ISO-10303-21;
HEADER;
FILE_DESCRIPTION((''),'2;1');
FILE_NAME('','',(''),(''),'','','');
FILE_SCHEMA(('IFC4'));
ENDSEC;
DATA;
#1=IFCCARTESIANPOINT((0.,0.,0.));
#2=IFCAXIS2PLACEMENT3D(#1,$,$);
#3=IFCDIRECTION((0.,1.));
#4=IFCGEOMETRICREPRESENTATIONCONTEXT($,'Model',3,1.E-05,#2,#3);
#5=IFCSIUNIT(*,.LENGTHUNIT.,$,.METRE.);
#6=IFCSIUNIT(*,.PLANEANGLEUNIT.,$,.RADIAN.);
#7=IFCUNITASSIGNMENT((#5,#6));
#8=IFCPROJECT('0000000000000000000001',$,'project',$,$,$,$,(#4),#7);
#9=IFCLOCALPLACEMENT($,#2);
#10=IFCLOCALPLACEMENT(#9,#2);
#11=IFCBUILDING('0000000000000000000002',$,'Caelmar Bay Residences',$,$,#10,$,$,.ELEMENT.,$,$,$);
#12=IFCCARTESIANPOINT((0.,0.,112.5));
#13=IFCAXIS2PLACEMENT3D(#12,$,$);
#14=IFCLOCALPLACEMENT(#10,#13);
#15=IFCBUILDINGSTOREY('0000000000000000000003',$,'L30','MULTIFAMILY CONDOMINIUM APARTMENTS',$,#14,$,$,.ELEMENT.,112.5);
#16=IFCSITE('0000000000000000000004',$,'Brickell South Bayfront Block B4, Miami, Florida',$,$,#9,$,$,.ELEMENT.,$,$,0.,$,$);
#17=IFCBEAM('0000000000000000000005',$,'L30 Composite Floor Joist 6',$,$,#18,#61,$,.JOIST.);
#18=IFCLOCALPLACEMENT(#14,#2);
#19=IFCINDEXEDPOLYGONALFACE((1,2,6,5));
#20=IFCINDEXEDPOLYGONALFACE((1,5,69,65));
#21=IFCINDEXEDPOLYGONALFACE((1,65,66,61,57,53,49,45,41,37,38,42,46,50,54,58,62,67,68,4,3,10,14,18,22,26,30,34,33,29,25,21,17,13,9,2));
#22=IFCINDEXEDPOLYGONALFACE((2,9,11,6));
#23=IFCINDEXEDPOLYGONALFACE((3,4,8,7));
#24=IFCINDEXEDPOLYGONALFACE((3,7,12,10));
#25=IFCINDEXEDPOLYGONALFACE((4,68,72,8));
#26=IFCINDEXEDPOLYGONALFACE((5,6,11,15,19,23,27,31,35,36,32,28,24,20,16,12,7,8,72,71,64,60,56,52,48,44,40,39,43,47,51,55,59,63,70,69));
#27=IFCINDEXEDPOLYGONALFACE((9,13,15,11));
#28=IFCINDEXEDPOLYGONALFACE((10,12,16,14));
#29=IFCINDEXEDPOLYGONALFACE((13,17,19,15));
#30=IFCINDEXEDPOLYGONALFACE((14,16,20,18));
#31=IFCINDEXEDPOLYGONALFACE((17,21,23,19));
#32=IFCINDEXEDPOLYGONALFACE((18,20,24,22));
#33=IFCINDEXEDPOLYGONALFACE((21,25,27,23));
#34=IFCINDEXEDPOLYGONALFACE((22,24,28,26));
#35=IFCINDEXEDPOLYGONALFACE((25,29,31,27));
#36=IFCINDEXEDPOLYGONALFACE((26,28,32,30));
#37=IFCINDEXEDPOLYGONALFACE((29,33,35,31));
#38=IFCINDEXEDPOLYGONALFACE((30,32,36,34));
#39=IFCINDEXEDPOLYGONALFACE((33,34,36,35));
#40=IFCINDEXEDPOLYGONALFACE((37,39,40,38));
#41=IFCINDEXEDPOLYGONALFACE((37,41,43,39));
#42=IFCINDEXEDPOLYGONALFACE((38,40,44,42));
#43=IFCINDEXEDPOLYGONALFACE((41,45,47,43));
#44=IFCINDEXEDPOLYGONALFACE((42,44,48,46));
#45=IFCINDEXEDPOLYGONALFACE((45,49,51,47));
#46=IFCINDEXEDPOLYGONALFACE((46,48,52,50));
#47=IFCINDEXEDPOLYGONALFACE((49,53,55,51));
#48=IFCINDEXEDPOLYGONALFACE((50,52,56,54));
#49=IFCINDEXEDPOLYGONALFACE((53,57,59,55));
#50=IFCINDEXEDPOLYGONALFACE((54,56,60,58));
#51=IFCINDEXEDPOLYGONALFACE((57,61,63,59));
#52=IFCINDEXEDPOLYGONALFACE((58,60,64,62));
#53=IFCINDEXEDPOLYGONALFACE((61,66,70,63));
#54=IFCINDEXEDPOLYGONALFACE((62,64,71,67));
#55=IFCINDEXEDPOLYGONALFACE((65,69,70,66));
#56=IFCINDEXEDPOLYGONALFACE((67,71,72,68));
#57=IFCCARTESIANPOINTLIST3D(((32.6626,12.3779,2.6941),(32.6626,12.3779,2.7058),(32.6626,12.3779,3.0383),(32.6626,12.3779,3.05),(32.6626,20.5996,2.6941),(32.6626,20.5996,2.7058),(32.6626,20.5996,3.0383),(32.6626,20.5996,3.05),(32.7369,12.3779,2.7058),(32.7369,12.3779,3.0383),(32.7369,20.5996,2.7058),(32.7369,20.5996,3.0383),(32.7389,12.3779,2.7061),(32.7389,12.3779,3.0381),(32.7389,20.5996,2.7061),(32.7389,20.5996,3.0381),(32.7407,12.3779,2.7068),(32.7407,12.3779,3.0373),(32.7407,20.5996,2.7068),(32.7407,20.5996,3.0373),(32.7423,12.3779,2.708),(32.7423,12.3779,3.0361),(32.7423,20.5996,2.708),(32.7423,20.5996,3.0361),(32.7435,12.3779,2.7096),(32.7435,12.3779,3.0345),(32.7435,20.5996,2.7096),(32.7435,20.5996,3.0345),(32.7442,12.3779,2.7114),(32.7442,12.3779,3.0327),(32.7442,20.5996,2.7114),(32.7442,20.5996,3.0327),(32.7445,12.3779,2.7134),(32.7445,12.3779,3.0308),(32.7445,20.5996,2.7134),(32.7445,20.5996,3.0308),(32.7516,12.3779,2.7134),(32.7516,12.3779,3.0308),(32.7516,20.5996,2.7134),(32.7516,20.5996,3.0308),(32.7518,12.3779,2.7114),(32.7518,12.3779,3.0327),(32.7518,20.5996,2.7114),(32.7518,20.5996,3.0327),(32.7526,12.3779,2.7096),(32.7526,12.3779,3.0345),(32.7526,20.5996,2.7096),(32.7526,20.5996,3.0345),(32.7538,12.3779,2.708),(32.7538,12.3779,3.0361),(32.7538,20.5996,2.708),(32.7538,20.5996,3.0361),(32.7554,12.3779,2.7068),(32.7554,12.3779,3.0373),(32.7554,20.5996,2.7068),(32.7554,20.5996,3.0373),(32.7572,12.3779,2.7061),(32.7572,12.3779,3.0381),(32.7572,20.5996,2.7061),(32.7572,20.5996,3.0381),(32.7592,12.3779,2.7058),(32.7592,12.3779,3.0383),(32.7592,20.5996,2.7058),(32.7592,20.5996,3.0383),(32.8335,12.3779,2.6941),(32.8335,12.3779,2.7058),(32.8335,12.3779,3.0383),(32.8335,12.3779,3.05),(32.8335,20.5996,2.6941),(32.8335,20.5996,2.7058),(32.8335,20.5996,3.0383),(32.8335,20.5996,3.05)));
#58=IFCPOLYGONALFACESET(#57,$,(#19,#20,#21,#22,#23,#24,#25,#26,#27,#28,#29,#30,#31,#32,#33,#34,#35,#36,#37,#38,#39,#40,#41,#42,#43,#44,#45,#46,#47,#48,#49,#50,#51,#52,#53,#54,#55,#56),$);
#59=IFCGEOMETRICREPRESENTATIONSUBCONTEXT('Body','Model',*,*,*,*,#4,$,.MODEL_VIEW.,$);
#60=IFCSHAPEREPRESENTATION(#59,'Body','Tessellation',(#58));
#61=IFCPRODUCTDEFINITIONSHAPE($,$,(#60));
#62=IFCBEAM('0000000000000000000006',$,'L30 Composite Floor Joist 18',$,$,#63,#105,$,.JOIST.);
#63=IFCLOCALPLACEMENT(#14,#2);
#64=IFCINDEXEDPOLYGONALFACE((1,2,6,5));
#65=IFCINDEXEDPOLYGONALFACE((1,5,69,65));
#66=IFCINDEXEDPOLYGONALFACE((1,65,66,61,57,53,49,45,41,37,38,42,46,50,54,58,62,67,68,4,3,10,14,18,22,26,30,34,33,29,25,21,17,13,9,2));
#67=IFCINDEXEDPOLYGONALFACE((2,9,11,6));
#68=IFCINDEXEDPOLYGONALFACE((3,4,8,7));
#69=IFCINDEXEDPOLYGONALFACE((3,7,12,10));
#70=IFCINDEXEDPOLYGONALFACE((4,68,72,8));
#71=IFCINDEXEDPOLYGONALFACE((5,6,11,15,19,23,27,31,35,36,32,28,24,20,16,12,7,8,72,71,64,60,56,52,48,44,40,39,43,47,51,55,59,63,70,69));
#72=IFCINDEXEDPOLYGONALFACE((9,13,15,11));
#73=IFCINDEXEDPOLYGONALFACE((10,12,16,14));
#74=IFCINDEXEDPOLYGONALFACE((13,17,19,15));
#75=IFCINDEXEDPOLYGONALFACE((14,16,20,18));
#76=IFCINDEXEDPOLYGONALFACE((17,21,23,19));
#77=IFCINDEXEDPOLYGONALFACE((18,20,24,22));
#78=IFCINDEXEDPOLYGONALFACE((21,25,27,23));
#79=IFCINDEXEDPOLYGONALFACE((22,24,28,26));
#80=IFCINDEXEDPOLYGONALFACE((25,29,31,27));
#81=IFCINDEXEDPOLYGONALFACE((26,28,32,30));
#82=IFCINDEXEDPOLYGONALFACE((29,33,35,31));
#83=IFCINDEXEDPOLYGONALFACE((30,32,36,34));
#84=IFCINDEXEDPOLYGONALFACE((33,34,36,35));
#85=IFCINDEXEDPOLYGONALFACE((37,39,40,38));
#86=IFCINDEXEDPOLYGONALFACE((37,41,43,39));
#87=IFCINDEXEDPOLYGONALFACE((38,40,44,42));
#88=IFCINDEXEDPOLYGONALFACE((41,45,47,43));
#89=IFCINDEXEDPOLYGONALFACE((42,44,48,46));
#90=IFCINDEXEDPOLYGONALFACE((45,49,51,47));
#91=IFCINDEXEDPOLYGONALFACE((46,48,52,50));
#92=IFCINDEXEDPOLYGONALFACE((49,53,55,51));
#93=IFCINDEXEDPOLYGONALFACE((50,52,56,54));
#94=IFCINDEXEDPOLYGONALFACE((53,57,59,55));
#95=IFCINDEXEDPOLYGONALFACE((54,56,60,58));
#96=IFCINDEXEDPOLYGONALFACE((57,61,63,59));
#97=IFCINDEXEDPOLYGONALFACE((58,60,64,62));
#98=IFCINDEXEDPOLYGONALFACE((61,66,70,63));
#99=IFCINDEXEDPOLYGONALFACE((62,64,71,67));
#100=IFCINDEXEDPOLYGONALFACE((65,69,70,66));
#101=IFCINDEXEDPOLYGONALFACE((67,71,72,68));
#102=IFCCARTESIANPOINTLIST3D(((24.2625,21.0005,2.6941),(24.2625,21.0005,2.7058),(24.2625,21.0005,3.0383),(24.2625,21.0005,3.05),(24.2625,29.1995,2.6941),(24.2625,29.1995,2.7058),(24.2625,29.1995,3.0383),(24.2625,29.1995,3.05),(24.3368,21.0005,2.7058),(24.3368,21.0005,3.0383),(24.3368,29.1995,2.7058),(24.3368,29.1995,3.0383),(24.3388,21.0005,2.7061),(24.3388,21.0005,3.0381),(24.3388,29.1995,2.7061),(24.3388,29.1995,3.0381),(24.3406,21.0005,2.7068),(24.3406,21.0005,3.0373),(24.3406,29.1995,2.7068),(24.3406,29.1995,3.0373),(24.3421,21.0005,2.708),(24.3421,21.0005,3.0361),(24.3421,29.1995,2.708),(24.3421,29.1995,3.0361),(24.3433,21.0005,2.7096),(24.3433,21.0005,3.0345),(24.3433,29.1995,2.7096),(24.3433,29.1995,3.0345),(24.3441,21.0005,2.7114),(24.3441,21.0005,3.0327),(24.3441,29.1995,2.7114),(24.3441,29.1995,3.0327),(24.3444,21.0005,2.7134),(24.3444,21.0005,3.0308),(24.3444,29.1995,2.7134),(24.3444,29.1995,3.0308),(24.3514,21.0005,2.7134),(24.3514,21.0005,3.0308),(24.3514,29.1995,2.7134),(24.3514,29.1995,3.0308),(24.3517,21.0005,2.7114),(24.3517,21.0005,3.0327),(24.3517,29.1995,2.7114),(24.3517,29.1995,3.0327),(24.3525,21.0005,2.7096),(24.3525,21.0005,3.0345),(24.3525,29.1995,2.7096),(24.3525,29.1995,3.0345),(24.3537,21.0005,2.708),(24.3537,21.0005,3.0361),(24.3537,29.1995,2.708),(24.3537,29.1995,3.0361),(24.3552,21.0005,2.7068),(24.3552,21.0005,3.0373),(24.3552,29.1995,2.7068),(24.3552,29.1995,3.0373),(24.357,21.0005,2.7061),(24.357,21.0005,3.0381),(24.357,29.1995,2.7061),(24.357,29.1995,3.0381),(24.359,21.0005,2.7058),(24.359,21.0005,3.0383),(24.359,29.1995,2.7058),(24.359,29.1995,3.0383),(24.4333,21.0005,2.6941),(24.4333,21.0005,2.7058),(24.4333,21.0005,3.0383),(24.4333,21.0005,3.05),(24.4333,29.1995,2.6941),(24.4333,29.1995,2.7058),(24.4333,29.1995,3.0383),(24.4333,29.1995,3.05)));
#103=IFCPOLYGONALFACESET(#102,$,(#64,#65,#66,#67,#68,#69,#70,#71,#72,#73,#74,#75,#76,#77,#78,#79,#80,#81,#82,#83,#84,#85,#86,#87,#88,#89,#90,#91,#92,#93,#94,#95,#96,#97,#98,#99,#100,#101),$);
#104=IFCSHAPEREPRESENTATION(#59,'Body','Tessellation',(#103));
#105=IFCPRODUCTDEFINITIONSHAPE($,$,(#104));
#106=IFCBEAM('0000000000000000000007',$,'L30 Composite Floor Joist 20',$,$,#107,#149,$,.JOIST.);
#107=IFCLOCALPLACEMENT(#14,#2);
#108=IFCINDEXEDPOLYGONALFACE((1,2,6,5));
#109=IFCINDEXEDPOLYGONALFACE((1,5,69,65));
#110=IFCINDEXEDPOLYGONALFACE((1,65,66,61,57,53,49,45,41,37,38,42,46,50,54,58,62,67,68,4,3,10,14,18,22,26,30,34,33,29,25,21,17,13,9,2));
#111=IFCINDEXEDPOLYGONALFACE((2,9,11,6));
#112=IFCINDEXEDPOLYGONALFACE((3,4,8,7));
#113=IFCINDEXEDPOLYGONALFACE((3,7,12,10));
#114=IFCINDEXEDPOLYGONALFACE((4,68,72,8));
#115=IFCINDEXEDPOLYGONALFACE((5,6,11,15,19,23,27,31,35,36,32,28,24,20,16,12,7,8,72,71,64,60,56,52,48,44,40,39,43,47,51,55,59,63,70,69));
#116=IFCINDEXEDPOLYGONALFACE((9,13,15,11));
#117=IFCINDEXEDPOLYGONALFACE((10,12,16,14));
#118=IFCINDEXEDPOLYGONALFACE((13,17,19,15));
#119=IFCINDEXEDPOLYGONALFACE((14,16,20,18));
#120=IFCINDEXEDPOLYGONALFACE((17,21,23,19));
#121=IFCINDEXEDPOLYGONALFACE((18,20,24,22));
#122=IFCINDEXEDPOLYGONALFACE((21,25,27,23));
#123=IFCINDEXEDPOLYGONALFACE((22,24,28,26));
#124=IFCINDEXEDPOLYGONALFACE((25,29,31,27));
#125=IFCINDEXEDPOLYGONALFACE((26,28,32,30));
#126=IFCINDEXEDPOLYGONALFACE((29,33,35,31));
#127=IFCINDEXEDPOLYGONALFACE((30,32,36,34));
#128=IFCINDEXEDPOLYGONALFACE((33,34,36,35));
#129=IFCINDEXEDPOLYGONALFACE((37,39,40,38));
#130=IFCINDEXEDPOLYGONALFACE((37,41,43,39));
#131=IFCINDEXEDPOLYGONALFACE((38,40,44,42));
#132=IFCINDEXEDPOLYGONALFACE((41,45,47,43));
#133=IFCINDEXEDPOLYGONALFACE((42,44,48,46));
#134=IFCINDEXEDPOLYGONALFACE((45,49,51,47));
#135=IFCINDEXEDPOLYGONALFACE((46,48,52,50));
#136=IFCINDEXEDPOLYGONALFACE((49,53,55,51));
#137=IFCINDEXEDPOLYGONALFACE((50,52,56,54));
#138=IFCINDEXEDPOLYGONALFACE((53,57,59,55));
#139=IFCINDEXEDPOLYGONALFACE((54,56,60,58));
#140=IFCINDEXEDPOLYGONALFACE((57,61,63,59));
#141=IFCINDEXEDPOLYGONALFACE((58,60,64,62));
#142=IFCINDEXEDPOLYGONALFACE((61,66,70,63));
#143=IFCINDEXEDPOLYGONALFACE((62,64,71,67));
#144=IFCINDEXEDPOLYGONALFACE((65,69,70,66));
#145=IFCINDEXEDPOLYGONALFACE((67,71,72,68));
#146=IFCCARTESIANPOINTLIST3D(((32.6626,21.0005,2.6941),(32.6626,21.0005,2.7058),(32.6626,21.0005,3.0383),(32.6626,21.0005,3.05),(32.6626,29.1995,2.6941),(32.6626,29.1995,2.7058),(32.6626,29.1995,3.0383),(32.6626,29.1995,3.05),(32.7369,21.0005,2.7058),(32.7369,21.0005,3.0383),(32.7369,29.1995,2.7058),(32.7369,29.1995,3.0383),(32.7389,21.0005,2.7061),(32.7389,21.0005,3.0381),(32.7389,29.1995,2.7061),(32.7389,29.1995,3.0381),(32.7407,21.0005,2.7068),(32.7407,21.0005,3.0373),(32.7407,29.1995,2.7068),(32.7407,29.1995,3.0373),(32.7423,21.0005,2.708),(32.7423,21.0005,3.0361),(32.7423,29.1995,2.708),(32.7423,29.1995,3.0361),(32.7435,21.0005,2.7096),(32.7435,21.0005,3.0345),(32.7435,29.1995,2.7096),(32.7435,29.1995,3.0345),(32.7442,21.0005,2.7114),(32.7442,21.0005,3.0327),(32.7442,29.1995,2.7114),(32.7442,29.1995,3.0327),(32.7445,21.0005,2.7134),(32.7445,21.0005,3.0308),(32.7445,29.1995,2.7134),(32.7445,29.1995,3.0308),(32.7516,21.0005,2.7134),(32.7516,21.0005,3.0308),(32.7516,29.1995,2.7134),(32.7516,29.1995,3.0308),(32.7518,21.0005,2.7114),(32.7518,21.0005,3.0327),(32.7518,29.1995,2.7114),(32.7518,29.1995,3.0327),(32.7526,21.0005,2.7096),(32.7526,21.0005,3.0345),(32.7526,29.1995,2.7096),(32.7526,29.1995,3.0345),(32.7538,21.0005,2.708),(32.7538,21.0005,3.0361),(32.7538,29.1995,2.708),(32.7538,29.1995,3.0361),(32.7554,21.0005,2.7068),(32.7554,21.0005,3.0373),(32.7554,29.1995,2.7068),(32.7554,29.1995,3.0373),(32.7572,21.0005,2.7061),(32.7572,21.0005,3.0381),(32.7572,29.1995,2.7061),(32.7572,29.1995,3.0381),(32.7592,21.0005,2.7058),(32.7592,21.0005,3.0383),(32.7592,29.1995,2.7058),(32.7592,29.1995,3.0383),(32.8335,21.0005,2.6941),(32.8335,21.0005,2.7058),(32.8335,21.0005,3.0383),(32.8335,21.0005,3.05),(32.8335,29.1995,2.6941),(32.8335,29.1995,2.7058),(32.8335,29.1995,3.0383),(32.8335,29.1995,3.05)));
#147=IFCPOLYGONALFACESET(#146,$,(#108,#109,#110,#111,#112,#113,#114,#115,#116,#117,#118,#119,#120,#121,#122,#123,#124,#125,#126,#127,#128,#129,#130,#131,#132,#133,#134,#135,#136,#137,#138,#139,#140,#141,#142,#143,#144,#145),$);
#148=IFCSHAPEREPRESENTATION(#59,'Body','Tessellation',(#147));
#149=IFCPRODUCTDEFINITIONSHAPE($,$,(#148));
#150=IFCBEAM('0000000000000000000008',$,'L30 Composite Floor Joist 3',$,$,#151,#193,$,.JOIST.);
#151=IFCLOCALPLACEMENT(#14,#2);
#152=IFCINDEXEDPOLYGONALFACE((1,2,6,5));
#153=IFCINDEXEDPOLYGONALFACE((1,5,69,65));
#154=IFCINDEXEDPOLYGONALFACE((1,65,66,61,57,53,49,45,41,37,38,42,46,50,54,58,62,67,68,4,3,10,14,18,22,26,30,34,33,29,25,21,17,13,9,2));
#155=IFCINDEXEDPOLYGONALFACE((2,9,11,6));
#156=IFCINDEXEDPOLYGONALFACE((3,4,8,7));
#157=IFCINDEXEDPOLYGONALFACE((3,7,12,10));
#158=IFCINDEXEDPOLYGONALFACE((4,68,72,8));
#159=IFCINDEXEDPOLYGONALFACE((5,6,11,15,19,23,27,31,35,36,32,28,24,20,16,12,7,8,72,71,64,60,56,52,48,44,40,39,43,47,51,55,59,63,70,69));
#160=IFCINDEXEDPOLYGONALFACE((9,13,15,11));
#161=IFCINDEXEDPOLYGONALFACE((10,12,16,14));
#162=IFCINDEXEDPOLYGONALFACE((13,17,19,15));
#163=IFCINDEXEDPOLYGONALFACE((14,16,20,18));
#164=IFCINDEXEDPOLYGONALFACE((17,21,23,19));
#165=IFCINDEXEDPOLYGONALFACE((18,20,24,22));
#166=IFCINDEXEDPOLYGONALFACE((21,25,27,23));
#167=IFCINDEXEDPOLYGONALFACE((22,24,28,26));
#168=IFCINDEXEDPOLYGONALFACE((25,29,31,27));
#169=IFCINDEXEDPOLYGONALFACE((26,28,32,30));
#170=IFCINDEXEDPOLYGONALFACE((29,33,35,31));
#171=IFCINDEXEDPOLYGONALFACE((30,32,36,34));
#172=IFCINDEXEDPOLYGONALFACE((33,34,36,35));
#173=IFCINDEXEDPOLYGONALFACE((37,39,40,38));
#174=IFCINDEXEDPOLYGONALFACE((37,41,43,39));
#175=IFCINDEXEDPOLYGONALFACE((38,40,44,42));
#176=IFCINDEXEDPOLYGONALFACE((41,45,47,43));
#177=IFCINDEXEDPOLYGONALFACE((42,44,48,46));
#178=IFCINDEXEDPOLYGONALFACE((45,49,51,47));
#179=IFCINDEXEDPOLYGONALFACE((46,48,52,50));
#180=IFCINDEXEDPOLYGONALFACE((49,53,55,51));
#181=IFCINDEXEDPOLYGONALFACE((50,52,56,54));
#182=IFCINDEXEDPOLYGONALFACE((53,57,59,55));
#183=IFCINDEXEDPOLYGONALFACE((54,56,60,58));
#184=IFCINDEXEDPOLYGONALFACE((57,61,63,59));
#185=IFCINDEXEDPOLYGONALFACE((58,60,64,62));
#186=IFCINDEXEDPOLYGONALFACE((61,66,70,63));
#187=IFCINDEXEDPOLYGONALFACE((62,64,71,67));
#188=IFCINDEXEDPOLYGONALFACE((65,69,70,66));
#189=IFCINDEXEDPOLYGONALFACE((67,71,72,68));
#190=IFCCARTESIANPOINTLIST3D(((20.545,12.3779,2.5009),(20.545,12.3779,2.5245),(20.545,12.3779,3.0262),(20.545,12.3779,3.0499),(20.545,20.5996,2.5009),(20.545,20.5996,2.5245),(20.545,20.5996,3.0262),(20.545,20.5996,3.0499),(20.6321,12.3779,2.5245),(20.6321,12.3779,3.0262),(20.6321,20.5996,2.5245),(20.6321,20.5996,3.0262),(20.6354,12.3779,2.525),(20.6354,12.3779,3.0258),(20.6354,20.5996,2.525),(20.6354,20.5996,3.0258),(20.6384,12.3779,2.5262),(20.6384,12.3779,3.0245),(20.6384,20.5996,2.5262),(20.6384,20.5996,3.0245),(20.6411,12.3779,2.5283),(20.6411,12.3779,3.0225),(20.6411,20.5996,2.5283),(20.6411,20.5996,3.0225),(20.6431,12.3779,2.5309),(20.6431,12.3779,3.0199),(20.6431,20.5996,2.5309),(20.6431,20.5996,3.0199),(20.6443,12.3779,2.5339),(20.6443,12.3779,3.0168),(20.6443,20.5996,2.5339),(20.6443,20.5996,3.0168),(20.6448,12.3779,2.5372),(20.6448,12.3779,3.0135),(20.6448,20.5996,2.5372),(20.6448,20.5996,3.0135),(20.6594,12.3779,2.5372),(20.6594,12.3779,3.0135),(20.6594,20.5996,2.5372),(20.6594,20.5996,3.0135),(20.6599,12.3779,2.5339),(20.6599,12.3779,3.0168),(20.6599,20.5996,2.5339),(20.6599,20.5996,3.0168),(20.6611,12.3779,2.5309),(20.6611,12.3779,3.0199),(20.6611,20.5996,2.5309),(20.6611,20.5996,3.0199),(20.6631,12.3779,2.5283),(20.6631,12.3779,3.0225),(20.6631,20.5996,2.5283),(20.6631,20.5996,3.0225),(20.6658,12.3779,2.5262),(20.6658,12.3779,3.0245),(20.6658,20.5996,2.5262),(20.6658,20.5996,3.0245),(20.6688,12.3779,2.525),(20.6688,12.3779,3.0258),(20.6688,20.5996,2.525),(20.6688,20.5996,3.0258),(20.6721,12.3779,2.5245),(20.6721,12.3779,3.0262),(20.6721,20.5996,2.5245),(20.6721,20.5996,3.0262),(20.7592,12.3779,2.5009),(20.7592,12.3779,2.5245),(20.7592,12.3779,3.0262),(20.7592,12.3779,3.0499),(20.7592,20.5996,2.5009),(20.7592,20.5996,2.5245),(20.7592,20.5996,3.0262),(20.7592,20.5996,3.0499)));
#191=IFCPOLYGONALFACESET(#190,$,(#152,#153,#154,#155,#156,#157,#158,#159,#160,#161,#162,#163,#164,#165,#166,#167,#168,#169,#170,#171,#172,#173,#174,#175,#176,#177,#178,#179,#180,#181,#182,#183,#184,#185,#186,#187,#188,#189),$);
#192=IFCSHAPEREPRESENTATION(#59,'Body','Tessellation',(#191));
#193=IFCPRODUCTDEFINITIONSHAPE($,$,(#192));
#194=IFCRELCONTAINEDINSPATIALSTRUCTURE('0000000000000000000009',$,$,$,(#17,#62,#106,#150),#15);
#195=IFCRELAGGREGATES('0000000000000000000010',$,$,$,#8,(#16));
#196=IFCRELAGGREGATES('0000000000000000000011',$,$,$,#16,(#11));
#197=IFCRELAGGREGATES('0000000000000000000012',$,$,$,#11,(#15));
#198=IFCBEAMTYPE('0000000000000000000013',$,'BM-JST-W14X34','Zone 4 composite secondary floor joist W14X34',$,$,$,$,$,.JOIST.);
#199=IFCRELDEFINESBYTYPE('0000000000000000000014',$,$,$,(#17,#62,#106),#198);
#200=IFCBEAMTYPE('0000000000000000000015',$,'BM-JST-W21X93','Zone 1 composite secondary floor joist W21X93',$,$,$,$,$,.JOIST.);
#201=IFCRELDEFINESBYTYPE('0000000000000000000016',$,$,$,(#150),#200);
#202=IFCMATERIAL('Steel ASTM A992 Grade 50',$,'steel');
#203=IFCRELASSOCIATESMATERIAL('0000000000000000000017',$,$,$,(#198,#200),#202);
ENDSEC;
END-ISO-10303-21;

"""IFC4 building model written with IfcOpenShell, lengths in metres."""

from ifc_helpers import new_model, si_unit, direction, frame, origin, origin_2d, place, context, subcontext, project, spatial, i_section, extrude, material, material_profile, profile_set, type_object, element, save


model = new_model("IFC4")

# Units and contexts
model_context = context("Model", 3, precision=1e-05, world=origin(), true_north=direction((0.0, 1.0)))
body_context = subcontext(model_context, "Body", "Model", "MODEL_VIEW")
ifc_project = project(units=[si_unit("LENGTHUNIT", "METRE"), si_unit("PLANEANGLEUNIT", "RADIAN")], contexts=[model_context])

# Site, building, storey
site_placement = place(None, origin())
site = spatial("IfcSite", under=ifc_project, at=site_placement, Name="Brickell South Bayfront Block B4, Miami, Florida", CompositionType="ELEMENT", RefElevation=0.0)
building_placement = place(site_placement, origin())
building = spatial("IfcBuilding", under=site, at=building_placement, Name="Caelmar Bay Residences", CompositionType="ELEMENT")
storey_placement = place(building_placement, frame((0.0, 0.0, 112.5)))
storey = spatial("IfcBuildingStorey", under=building, at=storey_placement, Name="L30", Description="MULTIFAMILY CONDOMINIUM APARTMENTS", CompositionType="ELEMENT", Elevation=112.5)

# Beams
ifc_material_1 = material(Name="Steel ASTM A992 Grade 50", Category="steel")
ifc_material_profile_1 = material_profile(ifc_material_1, i_section(OverallWidth=0.1709, OverallDepth=0.356, WebThickness=0.0071, FlangeThickness=0.0117, FilletRadius=0.0076, at=origin_2d()), Name="W14X34")
ifc_profile_set_1 = profile_set([ifc_material_profile_1], Name="Steel ASTM A992 Grade 50")
beam_type_1 = type_object("IfcBeamType", Name="BM-JST-W14X34", Description="Zone 4 composite secondary floor joist W14X34", PredefinedType="JOIST", material=ifc_profile_set_1)
for number, where, z_axis, x_axis, name in (
    (1, (32.748, 12.3779, 2.8721), (0.0, 1.0, 0.0), (-1.0, 0.0, 0.0), "L30 Composite Floor Joist 6"),
):
    element("IfcBeam", number, at=place(storey_placement, frame(where, z_axis=z_axis, x_axis=x_axis)), inside=storey, type_object=beam_type_1, Name=name, PredefinedType="JOIST", context=body_context, shape_type="SweptSolid", body=[
        extrude(i_section(OverallWidth=0.1709, OverallDepth=0.356, WebThickness=0.0071, FlangeThickness=0.0117, FilletRadius=0.0076, at=origin_2d()), origin(), (0.0, 0.0, 1.0), 8.2217),
    ])
for number, where, z_axis, x_axis, name in (
    (2, (24.3479, 21.0005, 2.8721), (0.0, 1.0, 0.0), (-1.0, 0.0, 0.0), "L30 Composite Floor Joist 18"),
    (3, (32.748, 21.0005, 2.8721), (0.0, 1.0, 0.0), (-1.0, 0.0, 0.0), "L30 Composite Floor Joist 20"),
):
    element("IfcBeam", number, at=place(storey_placement, frame(where, z_axis=z_axis, x_axis=x_axis)), inside=storey, type_object=beam_type_1, Name=name, PredefinedType="JOIST", context=body_context, shape_type="SweptSolid", body=[
        extrude(i_section(OverallWidth=0.1709, OverallDepth=0.356, WebThickness=0.0071, FlangeThickness=0.0117, FilletRadius=0.0076, at=origin_2d()), origin(), (0.0, 0.0, 1.0), 8.199),
    ])
ifc_material_profile_2 = material_profile(ifc_material_1, i_section(OverallWidth=0.2141, OverallDepth=0.5491, WebThickness=0.0146, FlangeThickness=0.0237, FilletRadius=0.0127, at=origin_2d()), Name="W21X93")
ifc_profile_set_2 = profile_set([ifc_material_profile_2], Name="Steel ASTM A992 Grade 50")
beam_type_2 = type_object("IfcBeamType", Name="BM-JST-W21X93", Description="Zone 1 composite secondary floor joist W21X93", PredefinedType="JOIST", material=ifc_profile_set_2)
for number, where, z_axis, x_axis, name in (
    (4, (20.6521, 12.3779, 2.7754), (0.0, 1.0, 0.0), (-1.0, 0.0, 0.0), "L30 Composite Floor Joist 3"),
):
    element("IfcBeam", number, at=place(storey_placement, frame(where, z_axis=z_axis, x_axis=x_axis)), inside=storey, type_object=beam_type_2, Name=name, PredefinedType="JOIST", context=body_context, shape_type="SweptSolid", body=[
        extrude(i_section(OverallWidth=0.2141, OverallDepth=0.5491, WebThickness=0.0146, FlangeThickness=0.0237, FilletRadius=0.0127, at=origin_2d()), origin(), (0.0, 0.0, 1.0), 8.2217),
    ])

save(model, "model.ifc")
